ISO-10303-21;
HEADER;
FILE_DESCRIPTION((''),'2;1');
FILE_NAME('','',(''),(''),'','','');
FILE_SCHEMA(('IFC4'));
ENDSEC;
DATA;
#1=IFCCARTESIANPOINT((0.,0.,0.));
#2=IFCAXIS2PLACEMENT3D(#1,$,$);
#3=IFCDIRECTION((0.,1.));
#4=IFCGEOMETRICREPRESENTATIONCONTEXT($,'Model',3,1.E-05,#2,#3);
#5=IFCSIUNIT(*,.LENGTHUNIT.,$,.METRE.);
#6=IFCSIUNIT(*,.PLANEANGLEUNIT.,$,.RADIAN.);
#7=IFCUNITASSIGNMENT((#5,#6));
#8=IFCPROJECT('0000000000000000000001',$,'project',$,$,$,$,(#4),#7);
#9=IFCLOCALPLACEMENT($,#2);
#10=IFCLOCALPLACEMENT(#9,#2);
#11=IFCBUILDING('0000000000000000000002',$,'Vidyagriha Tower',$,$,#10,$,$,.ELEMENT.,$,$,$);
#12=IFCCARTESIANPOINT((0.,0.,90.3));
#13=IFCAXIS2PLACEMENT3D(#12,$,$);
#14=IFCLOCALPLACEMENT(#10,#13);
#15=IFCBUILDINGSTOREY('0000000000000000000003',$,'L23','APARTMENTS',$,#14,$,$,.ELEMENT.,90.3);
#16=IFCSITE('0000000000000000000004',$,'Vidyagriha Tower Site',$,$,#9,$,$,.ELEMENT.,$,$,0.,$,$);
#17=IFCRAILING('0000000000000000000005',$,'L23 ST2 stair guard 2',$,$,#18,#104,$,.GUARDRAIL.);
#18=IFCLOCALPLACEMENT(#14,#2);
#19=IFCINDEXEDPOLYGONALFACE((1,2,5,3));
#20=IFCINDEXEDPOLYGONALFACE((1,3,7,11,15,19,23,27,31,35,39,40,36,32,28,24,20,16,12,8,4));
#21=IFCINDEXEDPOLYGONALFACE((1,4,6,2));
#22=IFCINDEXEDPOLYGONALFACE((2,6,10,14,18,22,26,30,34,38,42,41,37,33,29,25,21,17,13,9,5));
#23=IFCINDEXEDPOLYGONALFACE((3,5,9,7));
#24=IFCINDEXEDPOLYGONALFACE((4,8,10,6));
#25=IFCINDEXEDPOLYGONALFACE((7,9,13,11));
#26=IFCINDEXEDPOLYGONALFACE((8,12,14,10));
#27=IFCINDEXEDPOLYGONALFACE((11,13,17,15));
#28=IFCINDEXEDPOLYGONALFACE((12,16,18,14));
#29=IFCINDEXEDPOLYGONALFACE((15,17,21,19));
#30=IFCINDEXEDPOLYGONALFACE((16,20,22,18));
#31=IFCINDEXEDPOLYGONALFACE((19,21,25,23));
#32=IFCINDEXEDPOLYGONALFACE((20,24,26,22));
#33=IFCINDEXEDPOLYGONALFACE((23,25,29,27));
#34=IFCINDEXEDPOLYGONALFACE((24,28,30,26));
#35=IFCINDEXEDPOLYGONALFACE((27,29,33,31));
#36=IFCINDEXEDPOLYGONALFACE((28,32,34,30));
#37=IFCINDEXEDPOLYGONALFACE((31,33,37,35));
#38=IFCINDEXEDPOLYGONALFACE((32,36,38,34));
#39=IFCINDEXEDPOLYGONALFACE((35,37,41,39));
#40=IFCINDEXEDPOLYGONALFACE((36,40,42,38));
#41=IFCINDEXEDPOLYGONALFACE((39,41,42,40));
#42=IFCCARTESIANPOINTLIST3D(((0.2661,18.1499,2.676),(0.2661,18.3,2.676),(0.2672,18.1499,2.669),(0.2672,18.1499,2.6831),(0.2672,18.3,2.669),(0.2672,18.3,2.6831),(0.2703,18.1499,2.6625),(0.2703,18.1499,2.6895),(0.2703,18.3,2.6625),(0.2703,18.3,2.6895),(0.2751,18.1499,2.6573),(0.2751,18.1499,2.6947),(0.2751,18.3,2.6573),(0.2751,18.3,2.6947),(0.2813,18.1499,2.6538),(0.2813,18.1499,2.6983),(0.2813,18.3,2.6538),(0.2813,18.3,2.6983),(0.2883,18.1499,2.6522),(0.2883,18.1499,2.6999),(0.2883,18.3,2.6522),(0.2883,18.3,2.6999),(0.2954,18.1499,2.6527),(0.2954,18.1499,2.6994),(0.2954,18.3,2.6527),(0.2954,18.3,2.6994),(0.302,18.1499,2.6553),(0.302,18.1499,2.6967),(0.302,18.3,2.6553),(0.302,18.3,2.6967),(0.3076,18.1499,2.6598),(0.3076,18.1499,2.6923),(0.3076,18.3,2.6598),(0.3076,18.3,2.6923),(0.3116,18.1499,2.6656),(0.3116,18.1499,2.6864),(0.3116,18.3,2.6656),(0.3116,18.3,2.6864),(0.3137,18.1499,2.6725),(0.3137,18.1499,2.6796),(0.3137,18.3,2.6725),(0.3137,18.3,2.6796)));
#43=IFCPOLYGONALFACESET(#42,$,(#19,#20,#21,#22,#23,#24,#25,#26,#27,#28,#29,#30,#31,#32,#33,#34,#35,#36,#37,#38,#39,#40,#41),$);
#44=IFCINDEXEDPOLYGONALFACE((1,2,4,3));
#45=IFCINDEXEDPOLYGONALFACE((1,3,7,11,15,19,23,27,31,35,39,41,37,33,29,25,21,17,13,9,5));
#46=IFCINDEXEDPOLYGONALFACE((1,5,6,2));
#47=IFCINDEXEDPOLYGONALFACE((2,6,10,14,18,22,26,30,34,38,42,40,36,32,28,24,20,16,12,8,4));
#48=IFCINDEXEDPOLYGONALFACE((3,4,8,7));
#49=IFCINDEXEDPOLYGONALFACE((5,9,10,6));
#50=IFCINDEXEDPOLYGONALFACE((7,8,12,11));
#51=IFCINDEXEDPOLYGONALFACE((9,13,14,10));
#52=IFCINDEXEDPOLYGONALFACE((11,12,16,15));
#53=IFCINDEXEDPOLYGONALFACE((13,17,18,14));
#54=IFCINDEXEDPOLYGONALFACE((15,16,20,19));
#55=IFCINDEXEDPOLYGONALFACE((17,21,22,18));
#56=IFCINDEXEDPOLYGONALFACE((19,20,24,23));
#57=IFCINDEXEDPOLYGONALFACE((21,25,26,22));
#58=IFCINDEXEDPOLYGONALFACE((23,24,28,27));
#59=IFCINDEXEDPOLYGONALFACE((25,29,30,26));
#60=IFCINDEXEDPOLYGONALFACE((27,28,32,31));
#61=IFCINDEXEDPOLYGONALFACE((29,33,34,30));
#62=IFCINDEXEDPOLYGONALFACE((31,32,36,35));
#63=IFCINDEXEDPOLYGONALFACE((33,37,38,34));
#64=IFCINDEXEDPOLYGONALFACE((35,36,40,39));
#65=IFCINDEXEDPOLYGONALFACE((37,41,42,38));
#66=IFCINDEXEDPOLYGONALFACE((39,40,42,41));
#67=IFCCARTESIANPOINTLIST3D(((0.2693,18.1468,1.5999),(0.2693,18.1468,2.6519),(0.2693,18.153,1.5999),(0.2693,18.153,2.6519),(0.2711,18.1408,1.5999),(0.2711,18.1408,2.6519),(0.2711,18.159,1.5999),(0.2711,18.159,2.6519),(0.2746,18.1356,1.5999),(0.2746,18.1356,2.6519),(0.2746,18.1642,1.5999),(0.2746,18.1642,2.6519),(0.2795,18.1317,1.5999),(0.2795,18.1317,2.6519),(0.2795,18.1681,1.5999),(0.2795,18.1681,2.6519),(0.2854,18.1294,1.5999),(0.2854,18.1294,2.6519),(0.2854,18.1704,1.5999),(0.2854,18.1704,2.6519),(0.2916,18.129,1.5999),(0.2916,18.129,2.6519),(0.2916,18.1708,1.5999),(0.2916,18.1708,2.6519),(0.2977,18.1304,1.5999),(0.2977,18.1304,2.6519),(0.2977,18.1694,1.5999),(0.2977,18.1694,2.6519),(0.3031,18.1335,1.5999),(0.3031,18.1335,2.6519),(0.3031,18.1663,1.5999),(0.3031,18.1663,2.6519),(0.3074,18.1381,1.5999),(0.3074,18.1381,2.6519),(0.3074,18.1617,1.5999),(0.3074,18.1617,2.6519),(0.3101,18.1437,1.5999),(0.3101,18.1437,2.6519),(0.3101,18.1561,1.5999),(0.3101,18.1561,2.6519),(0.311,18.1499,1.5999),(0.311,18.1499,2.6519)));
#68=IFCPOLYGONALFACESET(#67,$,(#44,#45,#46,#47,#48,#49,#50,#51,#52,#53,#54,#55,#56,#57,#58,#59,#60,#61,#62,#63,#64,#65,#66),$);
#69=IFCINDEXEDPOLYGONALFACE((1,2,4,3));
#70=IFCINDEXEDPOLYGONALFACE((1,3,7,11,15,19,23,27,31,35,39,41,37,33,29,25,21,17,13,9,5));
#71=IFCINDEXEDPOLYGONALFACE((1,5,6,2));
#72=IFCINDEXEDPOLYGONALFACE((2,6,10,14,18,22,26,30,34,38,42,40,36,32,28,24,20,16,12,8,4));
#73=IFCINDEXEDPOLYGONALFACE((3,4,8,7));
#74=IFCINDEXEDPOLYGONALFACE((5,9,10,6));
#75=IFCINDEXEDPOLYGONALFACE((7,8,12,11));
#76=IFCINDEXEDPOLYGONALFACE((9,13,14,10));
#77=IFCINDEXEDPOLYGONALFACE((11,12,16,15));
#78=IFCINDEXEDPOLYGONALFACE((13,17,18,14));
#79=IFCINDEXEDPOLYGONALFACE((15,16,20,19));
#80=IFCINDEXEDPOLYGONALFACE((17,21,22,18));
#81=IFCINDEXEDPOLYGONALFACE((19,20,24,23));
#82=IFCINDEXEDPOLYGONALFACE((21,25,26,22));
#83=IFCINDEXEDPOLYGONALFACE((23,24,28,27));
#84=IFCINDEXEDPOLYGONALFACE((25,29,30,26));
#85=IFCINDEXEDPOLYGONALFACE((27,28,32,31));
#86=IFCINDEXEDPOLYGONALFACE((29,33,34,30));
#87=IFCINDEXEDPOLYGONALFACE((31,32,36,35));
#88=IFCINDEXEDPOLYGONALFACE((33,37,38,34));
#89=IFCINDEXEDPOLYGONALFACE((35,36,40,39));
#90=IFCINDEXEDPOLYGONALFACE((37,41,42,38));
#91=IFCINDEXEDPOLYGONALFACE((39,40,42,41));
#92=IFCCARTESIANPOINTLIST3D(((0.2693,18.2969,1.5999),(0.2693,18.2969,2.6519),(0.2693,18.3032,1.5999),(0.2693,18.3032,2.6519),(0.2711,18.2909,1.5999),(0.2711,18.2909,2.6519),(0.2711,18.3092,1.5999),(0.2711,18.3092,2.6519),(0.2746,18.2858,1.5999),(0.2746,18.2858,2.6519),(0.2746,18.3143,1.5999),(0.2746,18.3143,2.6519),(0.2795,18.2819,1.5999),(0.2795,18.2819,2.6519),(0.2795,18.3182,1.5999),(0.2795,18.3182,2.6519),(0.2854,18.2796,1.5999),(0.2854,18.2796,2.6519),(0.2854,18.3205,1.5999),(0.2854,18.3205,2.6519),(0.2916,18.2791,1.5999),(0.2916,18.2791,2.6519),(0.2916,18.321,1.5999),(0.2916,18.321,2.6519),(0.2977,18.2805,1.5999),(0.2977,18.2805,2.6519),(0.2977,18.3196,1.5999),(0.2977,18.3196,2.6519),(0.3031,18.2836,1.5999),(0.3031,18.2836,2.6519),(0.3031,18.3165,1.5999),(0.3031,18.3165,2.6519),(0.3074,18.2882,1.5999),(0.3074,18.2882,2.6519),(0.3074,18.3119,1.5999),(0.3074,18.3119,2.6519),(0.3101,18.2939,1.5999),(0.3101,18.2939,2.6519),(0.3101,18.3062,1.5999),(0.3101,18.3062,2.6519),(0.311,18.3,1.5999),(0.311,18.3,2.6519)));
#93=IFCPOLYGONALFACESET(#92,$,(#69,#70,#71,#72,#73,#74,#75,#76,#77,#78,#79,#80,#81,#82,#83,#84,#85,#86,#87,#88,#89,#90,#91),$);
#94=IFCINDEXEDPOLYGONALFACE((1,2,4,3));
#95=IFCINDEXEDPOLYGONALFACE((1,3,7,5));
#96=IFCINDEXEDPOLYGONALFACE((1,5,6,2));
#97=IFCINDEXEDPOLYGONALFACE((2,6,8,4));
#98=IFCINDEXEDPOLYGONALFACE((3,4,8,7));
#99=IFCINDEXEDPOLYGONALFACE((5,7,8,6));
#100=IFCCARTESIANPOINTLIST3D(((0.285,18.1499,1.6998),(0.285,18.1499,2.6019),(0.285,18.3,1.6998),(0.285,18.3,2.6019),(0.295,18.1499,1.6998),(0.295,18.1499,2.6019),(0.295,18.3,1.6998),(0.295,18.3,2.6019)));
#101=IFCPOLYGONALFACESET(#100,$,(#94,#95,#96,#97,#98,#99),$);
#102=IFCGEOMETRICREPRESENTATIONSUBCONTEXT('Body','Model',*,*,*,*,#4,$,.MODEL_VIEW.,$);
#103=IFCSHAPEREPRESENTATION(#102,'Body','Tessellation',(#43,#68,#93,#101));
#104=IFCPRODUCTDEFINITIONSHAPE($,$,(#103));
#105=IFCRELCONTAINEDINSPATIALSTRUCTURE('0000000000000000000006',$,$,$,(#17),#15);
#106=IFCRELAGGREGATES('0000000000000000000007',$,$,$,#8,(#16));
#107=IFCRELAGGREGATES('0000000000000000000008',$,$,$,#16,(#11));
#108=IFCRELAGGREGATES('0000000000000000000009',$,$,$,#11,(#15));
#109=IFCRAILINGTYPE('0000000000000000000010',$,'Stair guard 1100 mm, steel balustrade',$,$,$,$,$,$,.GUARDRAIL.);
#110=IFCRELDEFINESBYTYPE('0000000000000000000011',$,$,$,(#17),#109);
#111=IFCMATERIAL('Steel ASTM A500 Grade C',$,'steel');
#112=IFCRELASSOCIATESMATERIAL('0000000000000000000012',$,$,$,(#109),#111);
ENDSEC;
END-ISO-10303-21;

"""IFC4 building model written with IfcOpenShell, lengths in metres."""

from ifc_helpers import new_model, si_unit, direction, frame, origin, origin_2d, place, context, subcontext, project, spatial, rectangle, circle, extrude, material, type_object, element, save


model = new_model("IFC4")

# Units and contexts
model_context = context("Model", 3, precision=1e-05, world=origin(), true_north=direction((0.0, 1.0)))
body_context = subcontext(model_context, "Body", "Model", "MODEL_VIEW")
ifc_project = project(units=[si_unit("LENGTHUNIT", "METRE"), si_unit("PLANEANGLEUNIT", "RADIAN")], contexts=[model_context])

# Site, building, storey
site_placement = place(None, origin())
site = spatial("IfcSite", under=ifc_project, at=site_placement, Name="Vidyagriha Tower Site", CompositionType="ELEMENT", RefElevation=0.0)
building_placement = place(site_placement, origin())
building = spatial("IfcBuilding", under=site, at=building_placement, Name="Vidyagriha Tower", CompositionType="ELEMENT")
storey_placement = place(building_placement, frame((0.0, 0.0, 90.3)))
storey = spatial("IfcBuildingStorey", under=building, at=storey_placement, Name="L23", Description="APARTMENTS", CompositionType="ELEMENT", Elevation=90.3)

# Railing
ifc_material_1 = material(Name="Steel ASTM A500 Grade C", Category="steel")
railing_type_1 = type_object("IfcRailingType", Name="Stair guard 1100 mm, steel balustrade", PredefinedType="GUARDRAIL", material=ifc_material_1)
railing_1_placement = place(storey_placement, frame((0.29, 18.1499, 1.5999)))
element("IfcRailing", 1, at=railing_1_placement, inside=storey, type_object=railing_type_1, Name="L23 ST2 stair guard 2", PredefinedType="GUARDRAIL", context=body_context, shape_type="SweptSolid", body=[
    extrude(circle(Radius=0.0239, at=origin_2d()), frame((0.0, 0.0, 1.0762), z_axis=(0.0, 1.0, 0.0), x_axis=(-1.0, 0.0, 0.0)), (0.0, 0.0, 1.0), 0.1501),
    extrude(circle(Radius=0.021, at=origin_2d()), origin(), (0.0, 0.0, 1.0), 1.052),
    extrude(circle(Radius=0.021, at=origin_2d()), frame((0.0, 0.1501, 0.0)), (0.0, 0.0, 1.0), 1.052),
    extrude(rectangle(XDim=0.01, YDim=0.9021, at=origin_2d()), frame((0.0, 0.0, 0.551), z_axis=(0.0, 1.0, 0.0), x_axis=(-1.0, 0.0, 0.0)), (0.0, 0.0, 1.0), 0.1501),
])

save(model, "model.ifc")
